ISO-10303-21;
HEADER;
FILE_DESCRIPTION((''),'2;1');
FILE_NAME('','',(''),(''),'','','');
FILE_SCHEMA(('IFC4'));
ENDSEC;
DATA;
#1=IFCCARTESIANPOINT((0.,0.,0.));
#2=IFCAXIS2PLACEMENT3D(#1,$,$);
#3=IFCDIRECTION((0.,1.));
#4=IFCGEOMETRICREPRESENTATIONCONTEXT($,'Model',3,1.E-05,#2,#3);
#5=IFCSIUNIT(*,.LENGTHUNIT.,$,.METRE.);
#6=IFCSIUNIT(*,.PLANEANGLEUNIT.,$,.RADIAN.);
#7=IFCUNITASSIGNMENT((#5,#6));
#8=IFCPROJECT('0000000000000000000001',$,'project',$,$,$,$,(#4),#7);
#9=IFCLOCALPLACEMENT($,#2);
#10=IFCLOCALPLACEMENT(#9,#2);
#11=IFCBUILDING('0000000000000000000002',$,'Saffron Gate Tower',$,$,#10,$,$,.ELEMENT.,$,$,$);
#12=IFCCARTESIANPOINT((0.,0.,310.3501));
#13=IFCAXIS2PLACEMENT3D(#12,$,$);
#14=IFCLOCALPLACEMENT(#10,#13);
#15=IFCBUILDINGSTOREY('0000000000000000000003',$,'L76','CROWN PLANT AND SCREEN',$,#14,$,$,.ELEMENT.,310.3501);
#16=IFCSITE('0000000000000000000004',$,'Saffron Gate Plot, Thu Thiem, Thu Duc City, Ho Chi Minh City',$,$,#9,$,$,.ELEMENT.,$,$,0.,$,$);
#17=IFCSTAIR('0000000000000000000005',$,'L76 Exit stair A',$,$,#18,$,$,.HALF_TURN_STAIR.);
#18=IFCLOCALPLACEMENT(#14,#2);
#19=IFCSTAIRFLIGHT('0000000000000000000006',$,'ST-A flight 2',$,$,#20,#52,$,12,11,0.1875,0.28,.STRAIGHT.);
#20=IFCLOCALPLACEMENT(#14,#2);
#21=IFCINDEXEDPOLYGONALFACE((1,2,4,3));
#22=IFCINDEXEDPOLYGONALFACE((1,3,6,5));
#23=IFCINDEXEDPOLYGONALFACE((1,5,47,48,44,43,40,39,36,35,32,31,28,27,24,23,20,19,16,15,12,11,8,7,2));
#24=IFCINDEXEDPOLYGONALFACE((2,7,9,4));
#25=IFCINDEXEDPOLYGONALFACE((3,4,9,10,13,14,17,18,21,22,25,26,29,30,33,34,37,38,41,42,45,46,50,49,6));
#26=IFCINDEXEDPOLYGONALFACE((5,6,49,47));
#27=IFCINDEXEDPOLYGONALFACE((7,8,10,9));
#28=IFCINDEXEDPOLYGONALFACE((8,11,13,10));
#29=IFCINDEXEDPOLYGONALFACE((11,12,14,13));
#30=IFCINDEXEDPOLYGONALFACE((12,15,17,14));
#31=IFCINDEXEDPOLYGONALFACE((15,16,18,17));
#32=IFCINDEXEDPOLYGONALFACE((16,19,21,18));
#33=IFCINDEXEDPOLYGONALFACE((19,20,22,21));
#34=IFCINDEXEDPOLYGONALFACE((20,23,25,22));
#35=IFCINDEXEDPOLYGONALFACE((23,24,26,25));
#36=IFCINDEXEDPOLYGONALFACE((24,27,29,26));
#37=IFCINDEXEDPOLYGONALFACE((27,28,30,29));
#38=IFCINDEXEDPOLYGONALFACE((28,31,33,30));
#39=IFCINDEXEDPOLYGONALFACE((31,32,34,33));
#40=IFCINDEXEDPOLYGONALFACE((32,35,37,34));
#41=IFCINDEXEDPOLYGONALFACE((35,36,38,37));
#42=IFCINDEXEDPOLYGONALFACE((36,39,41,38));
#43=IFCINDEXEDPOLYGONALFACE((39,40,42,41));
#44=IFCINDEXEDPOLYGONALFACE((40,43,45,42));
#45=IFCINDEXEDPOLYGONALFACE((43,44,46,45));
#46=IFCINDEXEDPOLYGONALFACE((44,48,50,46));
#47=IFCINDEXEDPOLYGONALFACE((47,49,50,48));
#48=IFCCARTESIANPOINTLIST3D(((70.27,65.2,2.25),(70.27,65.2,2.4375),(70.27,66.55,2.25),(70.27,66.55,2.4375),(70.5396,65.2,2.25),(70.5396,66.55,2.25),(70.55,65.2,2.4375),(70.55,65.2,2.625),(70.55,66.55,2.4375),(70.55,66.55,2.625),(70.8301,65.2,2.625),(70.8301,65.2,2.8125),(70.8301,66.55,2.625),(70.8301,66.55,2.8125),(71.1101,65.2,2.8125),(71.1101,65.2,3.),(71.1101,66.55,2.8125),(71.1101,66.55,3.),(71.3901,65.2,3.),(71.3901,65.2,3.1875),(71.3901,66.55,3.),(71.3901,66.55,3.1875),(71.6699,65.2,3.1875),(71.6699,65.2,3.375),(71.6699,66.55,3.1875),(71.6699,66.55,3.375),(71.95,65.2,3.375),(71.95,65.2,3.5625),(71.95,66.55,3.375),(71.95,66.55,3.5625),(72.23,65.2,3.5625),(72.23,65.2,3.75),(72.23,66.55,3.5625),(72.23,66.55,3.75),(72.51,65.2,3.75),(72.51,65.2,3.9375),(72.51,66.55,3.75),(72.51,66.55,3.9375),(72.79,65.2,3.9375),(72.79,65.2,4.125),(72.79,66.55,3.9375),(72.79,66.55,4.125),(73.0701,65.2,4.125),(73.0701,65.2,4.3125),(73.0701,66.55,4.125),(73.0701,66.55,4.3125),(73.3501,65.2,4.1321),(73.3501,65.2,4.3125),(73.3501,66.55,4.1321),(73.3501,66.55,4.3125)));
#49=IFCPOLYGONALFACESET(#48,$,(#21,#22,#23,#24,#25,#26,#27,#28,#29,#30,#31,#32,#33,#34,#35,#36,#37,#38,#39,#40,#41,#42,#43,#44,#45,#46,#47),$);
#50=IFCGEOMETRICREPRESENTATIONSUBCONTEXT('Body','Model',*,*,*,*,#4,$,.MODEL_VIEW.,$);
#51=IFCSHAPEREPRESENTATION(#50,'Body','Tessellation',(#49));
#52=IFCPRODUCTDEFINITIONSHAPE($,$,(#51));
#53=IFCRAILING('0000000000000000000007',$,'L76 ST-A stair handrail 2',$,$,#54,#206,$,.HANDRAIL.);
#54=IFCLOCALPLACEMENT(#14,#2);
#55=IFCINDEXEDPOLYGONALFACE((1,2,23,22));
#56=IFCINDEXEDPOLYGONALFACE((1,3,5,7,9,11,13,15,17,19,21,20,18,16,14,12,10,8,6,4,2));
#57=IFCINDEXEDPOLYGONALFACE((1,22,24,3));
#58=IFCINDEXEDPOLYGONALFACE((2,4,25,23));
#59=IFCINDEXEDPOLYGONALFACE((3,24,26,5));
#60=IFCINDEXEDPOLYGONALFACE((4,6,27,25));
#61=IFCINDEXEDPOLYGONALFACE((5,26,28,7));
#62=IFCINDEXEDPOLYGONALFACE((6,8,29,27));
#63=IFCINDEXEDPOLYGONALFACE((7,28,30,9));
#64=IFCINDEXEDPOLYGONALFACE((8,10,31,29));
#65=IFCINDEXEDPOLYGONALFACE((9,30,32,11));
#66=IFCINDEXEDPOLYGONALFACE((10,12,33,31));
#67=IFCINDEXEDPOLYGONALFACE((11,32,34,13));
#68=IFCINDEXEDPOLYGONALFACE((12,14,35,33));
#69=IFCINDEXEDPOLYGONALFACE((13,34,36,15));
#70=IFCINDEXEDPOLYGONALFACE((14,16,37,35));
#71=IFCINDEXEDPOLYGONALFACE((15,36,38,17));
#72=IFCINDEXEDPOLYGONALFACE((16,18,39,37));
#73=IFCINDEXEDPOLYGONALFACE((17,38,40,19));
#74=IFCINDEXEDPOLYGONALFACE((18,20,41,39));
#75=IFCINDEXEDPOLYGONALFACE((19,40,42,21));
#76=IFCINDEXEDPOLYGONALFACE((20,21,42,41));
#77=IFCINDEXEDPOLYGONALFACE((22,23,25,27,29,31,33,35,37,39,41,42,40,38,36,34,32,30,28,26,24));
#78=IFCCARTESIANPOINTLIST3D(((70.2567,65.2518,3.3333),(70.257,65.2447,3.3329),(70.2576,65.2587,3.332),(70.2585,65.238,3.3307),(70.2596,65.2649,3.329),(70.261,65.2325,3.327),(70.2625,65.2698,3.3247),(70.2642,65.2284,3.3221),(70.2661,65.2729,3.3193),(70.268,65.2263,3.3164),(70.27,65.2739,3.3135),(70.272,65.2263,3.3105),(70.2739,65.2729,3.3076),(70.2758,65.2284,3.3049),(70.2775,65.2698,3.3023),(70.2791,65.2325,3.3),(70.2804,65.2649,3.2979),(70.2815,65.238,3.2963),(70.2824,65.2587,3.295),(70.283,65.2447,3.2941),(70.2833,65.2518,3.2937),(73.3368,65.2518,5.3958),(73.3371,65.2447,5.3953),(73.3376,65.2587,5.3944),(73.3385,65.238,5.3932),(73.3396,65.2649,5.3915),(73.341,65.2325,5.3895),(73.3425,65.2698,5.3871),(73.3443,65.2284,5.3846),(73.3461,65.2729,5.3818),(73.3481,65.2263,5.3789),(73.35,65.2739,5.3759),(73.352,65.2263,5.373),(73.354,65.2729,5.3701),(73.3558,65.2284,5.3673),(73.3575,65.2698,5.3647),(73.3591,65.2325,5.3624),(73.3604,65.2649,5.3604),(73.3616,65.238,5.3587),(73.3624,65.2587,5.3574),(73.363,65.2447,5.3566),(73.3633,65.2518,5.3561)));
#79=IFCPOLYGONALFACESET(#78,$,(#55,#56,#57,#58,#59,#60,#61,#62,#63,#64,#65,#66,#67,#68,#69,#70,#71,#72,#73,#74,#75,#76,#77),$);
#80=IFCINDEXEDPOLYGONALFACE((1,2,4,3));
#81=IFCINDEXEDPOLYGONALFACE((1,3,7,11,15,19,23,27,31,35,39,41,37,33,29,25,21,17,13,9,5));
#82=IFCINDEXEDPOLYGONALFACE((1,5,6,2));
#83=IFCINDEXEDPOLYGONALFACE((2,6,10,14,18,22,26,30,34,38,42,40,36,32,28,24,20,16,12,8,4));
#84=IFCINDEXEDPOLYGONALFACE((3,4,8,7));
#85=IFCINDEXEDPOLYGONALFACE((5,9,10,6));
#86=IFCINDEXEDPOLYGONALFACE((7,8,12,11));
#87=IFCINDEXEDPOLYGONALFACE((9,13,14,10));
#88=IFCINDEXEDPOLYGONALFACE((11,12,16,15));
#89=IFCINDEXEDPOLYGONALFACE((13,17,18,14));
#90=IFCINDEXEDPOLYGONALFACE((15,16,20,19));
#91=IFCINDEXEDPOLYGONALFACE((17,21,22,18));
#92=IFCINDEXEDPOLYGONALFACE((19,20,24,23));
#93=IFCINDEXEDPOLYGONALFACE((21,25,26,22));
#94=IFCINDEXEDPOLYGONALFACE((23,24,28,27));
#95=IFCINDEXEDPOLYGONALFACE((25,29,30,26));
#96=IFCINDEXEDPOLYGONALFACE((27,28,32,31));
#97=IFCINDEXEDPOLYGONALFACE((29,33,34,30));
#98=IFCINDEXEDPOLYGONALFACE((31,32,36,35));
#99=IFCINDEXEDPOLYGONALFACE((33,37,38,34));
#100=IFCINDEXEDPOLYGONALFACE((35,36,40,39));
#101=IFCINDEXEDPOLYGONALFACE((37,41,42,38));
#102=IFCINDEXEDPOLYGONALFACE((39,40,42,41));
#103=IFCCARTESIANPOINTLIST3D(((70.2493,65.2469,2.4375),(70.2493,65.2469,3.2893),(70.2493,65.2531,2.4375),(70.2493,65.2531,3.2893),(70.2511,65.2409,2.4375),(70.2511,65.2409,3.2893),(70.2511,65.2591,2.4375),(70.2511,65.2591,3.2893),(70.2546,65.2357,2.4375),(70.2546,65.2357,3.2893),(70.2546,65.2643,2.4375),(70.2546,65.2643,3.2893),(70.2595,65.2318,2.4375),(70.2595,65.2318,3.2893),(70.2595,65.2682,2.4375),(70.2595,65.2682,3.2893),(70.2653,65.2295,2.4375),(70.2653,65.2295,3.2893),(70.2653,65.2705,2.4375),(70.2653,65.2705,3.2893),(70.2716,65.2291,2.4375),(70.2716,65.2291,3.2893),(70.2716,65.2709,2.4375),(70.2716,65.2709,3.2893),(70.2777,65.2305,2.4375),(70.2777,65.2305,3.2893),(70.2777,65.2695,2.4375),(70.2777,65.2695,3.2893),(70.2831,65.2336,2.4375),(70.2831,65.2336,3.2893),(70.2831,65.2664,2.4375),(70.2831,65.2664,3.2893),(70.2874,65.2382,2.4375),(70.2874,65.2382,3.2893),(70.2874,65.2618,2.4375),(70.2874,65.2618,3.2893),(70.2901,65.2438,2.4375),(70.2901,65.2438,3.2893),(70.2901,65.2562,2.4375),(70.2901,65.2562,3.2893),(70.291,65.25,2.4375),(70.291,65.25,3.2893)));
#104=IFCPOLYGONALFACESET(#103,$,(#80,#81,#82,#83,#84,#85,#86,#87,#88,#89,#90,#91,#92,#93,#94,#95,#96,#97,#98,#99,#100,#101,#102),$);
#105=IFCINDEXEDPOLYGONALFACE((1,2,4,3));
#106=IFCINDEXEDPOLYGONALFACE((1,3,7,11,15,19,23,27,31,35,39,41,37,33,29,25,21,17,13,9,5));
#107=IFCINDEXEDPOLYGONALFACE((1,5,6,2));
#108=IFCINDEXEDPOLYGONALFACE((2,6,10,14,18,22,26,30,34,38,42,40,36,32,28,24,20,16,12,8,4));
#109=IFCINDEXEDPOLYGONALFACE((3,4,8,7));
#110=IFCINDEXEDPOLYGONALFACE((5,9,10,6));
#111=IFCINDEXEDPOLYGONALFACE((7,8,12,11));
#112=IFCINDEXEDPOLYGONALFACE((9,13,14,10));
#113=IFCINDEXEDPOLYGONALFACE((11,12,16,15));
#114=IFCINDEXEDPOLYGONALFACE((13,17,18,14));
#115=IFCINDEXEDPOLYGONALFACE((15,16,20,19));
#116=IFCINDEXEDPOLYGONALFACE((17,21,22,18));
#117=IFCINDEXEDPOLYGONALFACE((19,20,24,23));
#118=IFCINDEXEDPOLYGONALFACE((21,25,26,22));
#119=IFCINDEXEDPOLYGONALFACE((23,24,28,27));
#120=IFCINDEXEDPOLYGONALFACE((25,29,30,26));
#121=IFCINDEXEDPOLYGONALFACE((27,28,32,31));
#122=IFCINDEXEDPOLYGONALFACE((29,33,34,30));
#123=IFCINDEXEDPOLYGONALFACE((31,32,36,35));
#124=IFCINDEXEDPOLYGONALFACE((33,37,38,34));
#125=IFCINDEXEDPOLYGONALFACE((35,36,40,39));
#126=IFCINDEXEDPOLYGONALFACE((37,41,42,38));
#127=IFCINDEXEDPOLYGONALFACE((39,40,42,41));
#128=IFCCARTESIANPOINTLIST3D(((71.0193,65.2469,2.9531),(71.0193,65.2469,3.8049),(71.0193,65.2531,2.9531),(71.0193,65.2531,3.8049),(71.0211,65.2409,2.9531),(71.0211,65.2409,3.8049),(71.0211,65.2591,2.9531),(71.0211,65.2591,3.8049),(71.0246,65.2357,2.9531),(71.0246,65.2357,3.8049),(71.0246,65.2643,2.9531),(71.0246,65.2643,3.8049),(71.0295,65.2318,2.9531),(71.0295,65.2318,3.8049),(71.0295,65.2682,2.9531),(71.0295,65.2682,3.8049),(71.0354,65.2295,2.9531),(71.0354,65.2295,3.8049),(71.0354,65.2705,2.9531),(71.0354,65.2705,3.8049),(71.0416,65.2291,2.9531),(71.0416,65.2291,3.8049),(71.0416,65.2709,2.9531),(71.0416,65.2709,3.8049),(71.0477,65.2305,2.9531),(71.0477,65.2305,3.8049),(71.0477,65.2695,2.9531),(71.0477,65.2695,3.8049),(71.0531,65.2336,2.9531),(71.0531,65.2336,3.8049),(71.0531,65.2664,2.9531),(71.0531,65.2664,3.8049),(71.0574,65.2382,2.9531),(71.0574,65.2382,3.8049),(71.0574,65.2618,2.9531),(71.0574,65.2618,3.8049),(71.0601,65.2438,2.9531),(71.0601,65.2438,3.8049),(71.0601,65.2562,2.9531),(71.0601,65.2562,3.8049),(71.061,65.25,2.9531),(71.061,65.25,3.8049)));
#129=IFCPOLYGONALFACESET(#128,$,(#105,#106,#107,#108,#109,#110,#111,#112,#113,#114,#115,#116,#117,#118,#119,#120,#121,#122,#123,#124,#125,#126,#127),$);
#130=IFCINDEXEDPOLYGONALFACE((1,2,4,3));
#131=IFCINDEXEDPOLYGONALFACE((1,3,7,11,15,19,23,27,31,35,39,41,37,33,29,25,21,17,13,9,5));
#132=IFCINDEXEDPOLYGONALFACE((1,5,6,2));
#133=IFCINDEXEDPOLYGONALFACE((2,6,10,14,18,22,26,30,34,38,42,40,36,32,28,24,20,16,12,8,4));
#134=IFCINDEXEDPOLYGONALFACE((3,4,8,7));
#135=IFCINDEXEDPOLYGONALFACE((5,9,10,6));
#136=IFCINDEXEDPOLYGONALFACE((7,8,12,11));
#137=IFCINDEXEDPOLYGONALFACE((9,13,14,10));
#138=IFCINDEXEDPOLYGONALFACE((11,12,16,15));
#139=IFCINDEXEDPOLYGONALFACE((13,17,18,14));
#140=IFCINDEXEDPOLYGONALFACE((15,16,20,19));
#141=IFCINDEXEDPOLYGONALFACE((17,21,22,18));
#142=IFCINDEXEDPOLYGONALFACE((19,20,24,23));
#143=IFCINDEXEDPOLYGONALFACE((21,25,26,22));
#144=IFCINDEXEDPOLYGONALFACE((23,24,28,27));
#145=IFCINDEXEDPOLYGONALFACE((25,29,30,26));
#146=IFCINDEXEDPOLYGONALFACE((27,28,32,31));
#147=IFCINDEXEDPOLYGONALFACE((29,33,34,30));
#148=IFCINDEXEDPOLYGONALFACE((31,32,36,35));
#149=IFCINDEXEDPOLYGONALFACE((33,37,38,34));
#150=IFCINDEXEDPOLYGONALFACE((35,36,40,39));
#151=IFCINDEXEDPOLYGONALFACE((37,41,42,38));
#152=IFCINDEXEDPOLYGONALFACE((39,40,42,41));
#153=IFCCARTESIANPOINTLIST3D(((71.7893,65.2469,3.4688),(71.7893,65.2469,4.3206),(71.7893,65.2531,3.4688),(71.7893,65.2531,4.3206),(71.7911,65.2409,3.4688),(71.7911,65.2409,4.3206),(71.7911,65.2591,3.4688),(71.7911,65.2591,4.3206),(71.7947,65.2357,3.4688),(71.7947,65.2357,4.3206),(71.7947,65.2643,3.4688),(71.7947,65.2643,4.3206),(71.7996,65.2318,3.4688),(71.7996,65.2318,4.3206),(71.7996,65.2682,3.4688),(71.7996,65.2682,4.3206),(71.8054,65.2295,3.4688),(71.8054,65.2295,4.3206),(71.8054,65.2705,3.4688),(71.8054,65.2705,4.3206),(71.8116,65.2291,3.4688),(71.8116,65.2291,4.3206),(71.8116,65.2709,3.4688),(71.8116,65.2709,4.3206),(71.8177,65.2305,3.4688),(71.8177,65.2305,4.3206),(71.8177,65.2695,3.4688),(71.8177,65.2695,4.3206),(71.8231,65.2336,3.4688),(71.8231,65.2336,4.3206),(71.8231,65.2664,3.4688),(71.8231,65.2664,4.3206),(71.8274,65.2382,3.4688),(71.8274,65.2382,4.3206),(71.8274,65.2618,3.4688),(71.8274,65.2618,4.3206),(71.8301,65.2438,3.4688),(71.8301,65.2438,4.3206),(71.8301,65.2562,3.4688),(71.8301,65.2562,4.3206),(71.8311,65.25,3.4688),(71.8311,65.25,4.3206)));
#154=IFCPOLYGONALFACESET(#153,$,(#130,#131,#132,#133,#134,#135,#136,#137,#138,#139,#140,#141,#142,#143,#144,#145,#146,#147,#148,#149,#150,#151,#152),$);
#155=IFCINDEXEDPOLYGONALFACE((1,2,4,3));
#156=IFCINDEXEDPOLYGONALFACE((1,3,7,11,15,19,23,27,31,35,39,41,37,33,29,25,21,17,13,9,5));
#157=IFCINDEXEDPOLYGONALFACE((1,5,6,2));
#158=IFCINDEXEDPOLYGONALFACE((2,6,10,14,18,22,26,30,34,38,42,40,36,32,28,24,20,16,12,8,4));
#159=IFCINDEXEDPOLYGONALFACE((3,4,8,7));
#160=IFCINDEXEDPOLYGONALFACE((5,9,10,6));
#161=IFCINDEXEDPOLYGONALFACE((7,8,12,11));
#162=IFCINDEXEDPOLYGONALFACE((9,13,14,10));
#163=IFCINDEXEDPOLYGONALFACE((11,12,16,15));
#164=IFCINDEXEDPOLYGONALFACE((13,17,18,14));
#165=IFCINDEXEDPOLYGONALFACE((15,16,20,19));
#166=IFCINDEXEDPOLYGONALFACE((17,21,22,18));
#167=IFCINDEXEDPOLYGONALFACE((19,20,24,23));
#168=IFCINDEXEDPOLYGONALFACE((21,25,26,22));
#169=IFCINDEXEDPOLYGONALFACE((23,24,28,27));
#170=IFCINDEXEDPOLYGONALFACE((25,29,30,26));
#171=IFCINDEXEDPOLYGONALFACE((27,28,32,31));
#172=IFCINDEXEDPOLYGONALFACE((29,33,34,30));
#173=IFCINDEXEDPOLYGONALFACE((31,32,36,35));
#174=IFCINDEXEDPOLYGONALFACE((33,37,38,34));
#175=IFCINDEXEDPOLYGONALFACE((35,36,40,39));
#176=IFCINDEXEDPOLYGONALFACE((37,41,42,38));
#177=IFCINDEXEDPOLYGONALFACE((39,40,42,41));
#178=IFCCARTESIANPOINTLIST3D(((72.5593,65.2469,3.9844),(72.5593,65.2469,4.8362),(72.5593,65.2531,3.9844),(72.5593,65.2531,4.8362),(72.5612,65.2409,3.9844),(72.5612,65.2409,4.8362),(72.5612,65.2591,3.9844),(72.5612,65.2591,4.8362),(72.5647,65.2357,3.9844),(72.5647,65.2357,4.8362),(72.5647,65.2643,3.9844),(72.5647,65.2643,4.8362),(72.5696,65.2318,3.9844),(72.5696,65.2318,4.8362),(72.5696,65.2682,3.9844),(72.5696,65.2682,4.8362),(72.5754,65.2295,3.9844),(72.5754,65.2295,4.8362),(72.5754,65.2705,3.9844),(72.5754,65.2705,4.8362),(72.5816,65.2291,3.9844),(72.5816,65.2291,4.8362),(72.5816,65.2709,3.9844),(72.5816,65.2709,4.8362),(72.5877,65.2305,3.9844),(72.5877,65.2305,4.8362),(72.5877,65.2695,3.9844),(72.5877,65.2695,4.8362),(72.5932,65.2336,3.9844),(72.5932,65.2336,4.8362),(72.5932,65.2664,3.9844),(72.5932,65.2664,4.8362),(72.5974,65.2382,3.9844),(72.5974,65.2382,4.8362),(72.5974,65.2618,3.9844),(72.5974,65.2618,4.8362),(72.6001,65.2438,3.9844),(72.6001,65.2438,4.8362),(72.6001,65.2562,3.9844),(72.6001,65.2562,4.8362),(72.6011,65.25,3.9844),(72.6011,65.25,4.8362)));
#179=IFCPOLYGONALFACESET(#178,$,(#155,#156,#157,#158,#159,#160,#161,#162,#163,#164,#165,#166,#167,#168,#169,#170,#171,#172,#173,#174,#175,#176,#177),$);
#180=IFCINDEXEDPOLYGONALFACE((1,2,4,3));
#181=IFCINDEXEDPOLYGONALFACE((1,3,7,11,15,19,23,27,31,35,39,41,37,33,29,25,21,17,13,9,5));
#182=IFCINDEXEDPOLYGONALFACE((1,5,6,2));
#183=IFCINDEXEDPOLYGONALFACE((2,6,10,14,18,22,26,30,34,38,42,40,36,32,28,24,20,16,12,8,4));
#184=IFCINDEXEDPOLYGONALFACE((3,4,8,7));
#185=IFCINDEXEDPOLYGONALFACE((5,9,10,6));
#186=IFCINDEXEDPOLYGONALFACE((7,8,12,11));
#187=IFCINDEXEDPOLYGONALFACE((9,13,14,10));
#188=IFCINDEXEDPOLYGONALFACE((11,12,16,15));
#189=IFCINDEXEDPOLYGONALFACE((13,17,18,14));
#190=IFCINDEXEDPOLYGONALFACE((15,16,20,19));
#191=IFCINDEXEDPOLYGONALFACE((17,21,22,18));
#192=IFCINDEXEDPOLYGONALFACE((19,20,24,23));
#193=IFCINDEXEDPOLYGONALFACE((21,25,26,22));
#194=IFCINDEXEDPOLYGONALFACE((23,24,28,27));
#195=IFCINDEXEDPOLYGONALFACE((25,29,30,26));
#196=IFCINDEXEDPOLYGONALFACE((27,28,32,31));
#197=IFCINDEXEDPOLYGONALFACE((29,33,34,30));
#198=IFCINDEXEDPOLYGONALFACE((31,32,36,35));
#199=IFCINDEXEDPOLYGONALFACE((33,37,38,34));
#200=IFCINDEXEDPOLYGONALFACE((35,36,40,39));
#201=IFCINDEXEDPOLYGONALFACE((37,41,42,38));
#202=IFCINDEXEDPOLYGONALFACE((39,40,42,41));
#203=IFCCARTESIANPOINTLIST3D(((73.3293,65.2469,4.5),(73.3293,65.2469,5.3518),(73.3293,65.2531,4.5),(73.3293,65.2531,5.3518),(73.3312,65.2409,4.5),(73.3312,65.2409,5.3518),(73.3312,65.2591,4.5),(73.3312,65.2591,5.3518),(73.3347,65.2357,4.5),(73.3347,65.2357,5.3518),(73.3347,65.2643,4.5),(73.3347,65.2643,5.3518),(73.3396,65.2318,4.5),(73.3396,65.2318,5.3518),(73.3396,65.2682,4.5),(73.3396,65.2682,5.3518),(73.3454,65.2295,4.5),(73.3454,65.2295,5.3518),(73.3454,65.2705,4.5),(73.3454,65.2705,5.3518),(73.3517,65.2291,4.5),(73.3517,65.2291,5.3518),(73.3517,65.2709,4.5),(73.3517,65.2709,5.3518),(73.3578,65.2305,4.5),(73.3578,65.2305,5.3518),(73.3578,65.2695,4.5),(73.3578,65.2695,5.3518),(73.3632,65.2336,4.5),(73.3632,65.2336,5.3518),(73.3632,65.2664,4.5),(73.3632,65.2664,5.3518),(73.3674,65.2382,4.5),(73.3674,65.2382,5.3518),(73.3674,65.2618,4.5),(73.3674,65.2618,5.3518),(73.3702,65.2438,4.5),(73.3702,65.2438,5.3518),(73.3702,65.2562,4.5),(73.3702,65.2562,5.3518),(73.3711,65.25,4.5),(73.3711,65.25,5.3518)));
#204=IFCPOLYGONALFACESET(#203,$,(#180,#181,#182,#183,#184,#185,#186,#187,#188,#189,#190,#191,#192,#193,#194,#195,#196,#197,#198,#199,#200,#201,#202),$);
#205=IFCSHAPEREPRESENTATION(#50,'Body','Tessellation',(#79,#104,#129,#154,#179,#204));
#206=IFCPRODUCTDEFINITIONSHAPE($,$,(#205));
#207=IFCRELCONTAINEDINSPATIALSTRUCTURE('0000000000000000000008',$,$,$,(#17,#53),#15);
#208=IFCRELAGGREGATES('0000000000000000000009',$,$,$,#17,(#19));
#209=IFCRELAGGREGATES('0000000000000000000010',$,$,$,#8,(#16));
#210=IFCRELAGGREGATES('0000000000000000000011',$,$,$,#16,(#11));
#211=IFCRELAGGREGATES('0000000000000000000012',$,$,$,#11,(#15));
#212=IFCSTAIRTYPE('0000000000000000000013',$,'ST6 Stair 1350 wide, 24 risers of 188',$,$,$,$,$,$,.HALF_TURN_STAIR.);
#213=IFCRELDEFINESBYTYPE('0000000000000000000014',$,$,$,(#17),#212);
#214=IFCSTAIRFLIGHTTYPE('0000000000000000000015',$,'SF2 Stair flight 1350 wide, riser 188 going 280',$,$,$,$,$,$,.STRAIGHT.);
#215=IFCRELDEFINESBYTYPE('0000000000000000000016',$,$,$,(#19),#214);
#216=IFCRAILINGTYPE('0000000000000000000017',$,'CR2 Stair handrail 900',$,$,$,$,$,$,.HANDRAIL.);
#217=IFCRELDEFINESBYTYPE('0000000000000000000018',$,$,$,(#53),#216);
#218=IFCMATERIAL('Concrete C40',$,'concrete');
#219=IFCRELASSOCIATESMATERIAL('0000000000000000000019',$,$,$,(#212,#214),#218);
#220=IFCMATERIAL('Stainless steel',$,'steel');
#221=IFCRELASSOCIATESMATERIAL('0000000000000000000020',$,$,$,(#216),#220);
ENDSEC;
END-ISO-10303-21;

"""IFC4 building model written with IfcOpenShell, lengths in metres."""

from ifc_helpers import new_model, si_unit, direction, frame, origin, origin_2d, place, context, subcontext, project, spatial, polyline, circle, outline, extrude, material, type_object, element, aggregate, save


model = new_model("IFC4")

# Units and contexts
model_context = context("Model", 3, precision=1e-05, world=origin(), true_north=direction((0.0, 1.0)))
body_context = subcontext(model_context, "Body", "Model", "MODEL_VIEW")
ifc_project = project(units=[si_unit("LENGTHUNIT", "METRE"), si_unit("PLANEANGLEUNIT", "RADIAN")], contexts=[model_context])

# Site, building, storey
site_placement = place(None, origin())
site = spatial("IfcSite", under=ifc_project, at=site_placement, Name="Saffron Gate Plot, Thu Thiem, Thu Duc City, Ho Chi Minh City", CompositionType="ELEMENT", RefElevation=0.0)
building_placement = place(site_placement, origin())
building = spatial("IfcBuilding", under=site, at=building_placement, Name="Saffron Gate Tower", CompositionType="ELEMENT")
storey_placement = place(building_placement, frame((0.0, 0.0, 310.3501)))
storey = spatial("IfcBuildingStorey", under=building, at=storey_placement, Name="L76", Description="CROWN PLANT AND SCREEN", CompositionType="ELEMENT", Elevation=310.3501)

# Stair, stair flight
ifc_material_1 = material(Name="Concrete C40", Category="concrete")
stair_type = type_object("IfcStairType", Name="ST6 Stair 1350 wide, 24 risers of 188", PredefinedType="HALF_TURN_STAIR", material=ifc_material_1)
stair_placement = place(storey_placement, origin())
stair = element("IfcStair", 1, at=stair_placement, inside=storey, type_object=stair_type, Name="L76 Exit stair A", PredefinedType="HALF_TURN_STAIR")
stair_flight_type = type_object("IfcStairFlightType", Name="SF2 Stair flight 1350 wide, riser 188 going 280", PredefinedType="STRAIGHT", material=ifc_material_1)
stair_flight_placement = place(storey_placement, frame((70.27, 65.875, 2.25), z_axis=(0.0, 0.0, 1.0), x_axis=(1.0, 0.0, 0.0)))
stair_flight = element("IfcStairFlight", 2, at=stair_flight_placement, type_object=stair_flight_type, Name="ST-A flight 2", NumberOfRisers=12, NumberOfTreads=11, PredefinedType="STRAIGHT", RiserHeight=0.1875, TreadLength=0.28, context=body_context, shape_type="SweptSolid", body=[
    extrude(outline(polyline([(0.0, 0.0), (0.0, 0.1875), (0.28, 0.1875), (0.28, 0.375), (0.5601, 0.375), (0.5601, 0.5625), (0.8401, 0.5625), (0.8401, 0.75), (1.1201, 0.75), (1.1201, 0.9375), (1.3999, 0.9375), (1.3999, 1.125), (1.6799, 1.125), (1.6799, 1.3125), (1.96, 1.3125), (1.96, 1.5), (2.24, 1.5), (2.24, 1.6875), (2.52, 1.6875), (2.52, 1.875), (2.8, 1.875), (2.8, 2.0625), (3.0801, 2.0625), (3.0801, 2.25), (3.0801, 1.8821), (0.2695, 0.0), (0.0, 0.0)])), frame((0.0, 0.675, 0.0), z_axis=(0.0, -1.0, 0.0), x_axis=(1.0, 0.0, 0.0)), (0.0, 0.0, 1.0), 1.3501),
])
aggregate(stair, [stair_flight])

# Railing
ifc_material_2 = material(Name="Stainless steel", Category="steel")
railing_type = type_object("IfcRailingType", Name="CR2 Stair handrail 900", PredefinedType="HANDRAIL", material=ifc_material_2)
railing_placement = place(storey_placement, frame((70.27, 65.25, 2.4375)))
element("IfcRailing", 3, at=railing_placement, inside=storey, type_object=railing_type, Name="L76 ST-A stair handrail 2", PredefinedType="HANDRAIL", context=body_context, shape_type="SweptSolid", body=[
    extrude(circle(Radius=0.0239, at=origin_2d()), frame((0.0, 0.0, 0.876), z_axis=(0.830914, 0.0, 0.556401), x_axis=(0.0, 1.0, 0.0)), (0.0, 0.0, 1.0), 3.7068),
    extrude(circle(Radius=0.021, at=origin_2d()), origin(), (0.0, 0.0, 1.0), 0.8518),
    extrude(circle(Radius=0.021, at=origin_2d()), frame((0.77, 0.0, 0.5156)), (0.0, 0.0, 1.0), 0.8518),
    extrude(circle(Radius=0.021, at=origin_2d()), frame((1.54, 0.0, 1.0312)), (0.0, 0.0, 1.0), 0.8518),
    extrude(circle(Radius=0.021, at=origin_2d()), frame((2.3101, 0.0, 1.5469)), (0.0, 0.0, 1.0), 0.8518),
    extrude(circle(Radius=0.021, at=origin_2d()), frame((3.0801, 0.0, 2.0625)), (0.0, 0.0, 1.0), 0.8518),
])

save(model, "model.ifc")
